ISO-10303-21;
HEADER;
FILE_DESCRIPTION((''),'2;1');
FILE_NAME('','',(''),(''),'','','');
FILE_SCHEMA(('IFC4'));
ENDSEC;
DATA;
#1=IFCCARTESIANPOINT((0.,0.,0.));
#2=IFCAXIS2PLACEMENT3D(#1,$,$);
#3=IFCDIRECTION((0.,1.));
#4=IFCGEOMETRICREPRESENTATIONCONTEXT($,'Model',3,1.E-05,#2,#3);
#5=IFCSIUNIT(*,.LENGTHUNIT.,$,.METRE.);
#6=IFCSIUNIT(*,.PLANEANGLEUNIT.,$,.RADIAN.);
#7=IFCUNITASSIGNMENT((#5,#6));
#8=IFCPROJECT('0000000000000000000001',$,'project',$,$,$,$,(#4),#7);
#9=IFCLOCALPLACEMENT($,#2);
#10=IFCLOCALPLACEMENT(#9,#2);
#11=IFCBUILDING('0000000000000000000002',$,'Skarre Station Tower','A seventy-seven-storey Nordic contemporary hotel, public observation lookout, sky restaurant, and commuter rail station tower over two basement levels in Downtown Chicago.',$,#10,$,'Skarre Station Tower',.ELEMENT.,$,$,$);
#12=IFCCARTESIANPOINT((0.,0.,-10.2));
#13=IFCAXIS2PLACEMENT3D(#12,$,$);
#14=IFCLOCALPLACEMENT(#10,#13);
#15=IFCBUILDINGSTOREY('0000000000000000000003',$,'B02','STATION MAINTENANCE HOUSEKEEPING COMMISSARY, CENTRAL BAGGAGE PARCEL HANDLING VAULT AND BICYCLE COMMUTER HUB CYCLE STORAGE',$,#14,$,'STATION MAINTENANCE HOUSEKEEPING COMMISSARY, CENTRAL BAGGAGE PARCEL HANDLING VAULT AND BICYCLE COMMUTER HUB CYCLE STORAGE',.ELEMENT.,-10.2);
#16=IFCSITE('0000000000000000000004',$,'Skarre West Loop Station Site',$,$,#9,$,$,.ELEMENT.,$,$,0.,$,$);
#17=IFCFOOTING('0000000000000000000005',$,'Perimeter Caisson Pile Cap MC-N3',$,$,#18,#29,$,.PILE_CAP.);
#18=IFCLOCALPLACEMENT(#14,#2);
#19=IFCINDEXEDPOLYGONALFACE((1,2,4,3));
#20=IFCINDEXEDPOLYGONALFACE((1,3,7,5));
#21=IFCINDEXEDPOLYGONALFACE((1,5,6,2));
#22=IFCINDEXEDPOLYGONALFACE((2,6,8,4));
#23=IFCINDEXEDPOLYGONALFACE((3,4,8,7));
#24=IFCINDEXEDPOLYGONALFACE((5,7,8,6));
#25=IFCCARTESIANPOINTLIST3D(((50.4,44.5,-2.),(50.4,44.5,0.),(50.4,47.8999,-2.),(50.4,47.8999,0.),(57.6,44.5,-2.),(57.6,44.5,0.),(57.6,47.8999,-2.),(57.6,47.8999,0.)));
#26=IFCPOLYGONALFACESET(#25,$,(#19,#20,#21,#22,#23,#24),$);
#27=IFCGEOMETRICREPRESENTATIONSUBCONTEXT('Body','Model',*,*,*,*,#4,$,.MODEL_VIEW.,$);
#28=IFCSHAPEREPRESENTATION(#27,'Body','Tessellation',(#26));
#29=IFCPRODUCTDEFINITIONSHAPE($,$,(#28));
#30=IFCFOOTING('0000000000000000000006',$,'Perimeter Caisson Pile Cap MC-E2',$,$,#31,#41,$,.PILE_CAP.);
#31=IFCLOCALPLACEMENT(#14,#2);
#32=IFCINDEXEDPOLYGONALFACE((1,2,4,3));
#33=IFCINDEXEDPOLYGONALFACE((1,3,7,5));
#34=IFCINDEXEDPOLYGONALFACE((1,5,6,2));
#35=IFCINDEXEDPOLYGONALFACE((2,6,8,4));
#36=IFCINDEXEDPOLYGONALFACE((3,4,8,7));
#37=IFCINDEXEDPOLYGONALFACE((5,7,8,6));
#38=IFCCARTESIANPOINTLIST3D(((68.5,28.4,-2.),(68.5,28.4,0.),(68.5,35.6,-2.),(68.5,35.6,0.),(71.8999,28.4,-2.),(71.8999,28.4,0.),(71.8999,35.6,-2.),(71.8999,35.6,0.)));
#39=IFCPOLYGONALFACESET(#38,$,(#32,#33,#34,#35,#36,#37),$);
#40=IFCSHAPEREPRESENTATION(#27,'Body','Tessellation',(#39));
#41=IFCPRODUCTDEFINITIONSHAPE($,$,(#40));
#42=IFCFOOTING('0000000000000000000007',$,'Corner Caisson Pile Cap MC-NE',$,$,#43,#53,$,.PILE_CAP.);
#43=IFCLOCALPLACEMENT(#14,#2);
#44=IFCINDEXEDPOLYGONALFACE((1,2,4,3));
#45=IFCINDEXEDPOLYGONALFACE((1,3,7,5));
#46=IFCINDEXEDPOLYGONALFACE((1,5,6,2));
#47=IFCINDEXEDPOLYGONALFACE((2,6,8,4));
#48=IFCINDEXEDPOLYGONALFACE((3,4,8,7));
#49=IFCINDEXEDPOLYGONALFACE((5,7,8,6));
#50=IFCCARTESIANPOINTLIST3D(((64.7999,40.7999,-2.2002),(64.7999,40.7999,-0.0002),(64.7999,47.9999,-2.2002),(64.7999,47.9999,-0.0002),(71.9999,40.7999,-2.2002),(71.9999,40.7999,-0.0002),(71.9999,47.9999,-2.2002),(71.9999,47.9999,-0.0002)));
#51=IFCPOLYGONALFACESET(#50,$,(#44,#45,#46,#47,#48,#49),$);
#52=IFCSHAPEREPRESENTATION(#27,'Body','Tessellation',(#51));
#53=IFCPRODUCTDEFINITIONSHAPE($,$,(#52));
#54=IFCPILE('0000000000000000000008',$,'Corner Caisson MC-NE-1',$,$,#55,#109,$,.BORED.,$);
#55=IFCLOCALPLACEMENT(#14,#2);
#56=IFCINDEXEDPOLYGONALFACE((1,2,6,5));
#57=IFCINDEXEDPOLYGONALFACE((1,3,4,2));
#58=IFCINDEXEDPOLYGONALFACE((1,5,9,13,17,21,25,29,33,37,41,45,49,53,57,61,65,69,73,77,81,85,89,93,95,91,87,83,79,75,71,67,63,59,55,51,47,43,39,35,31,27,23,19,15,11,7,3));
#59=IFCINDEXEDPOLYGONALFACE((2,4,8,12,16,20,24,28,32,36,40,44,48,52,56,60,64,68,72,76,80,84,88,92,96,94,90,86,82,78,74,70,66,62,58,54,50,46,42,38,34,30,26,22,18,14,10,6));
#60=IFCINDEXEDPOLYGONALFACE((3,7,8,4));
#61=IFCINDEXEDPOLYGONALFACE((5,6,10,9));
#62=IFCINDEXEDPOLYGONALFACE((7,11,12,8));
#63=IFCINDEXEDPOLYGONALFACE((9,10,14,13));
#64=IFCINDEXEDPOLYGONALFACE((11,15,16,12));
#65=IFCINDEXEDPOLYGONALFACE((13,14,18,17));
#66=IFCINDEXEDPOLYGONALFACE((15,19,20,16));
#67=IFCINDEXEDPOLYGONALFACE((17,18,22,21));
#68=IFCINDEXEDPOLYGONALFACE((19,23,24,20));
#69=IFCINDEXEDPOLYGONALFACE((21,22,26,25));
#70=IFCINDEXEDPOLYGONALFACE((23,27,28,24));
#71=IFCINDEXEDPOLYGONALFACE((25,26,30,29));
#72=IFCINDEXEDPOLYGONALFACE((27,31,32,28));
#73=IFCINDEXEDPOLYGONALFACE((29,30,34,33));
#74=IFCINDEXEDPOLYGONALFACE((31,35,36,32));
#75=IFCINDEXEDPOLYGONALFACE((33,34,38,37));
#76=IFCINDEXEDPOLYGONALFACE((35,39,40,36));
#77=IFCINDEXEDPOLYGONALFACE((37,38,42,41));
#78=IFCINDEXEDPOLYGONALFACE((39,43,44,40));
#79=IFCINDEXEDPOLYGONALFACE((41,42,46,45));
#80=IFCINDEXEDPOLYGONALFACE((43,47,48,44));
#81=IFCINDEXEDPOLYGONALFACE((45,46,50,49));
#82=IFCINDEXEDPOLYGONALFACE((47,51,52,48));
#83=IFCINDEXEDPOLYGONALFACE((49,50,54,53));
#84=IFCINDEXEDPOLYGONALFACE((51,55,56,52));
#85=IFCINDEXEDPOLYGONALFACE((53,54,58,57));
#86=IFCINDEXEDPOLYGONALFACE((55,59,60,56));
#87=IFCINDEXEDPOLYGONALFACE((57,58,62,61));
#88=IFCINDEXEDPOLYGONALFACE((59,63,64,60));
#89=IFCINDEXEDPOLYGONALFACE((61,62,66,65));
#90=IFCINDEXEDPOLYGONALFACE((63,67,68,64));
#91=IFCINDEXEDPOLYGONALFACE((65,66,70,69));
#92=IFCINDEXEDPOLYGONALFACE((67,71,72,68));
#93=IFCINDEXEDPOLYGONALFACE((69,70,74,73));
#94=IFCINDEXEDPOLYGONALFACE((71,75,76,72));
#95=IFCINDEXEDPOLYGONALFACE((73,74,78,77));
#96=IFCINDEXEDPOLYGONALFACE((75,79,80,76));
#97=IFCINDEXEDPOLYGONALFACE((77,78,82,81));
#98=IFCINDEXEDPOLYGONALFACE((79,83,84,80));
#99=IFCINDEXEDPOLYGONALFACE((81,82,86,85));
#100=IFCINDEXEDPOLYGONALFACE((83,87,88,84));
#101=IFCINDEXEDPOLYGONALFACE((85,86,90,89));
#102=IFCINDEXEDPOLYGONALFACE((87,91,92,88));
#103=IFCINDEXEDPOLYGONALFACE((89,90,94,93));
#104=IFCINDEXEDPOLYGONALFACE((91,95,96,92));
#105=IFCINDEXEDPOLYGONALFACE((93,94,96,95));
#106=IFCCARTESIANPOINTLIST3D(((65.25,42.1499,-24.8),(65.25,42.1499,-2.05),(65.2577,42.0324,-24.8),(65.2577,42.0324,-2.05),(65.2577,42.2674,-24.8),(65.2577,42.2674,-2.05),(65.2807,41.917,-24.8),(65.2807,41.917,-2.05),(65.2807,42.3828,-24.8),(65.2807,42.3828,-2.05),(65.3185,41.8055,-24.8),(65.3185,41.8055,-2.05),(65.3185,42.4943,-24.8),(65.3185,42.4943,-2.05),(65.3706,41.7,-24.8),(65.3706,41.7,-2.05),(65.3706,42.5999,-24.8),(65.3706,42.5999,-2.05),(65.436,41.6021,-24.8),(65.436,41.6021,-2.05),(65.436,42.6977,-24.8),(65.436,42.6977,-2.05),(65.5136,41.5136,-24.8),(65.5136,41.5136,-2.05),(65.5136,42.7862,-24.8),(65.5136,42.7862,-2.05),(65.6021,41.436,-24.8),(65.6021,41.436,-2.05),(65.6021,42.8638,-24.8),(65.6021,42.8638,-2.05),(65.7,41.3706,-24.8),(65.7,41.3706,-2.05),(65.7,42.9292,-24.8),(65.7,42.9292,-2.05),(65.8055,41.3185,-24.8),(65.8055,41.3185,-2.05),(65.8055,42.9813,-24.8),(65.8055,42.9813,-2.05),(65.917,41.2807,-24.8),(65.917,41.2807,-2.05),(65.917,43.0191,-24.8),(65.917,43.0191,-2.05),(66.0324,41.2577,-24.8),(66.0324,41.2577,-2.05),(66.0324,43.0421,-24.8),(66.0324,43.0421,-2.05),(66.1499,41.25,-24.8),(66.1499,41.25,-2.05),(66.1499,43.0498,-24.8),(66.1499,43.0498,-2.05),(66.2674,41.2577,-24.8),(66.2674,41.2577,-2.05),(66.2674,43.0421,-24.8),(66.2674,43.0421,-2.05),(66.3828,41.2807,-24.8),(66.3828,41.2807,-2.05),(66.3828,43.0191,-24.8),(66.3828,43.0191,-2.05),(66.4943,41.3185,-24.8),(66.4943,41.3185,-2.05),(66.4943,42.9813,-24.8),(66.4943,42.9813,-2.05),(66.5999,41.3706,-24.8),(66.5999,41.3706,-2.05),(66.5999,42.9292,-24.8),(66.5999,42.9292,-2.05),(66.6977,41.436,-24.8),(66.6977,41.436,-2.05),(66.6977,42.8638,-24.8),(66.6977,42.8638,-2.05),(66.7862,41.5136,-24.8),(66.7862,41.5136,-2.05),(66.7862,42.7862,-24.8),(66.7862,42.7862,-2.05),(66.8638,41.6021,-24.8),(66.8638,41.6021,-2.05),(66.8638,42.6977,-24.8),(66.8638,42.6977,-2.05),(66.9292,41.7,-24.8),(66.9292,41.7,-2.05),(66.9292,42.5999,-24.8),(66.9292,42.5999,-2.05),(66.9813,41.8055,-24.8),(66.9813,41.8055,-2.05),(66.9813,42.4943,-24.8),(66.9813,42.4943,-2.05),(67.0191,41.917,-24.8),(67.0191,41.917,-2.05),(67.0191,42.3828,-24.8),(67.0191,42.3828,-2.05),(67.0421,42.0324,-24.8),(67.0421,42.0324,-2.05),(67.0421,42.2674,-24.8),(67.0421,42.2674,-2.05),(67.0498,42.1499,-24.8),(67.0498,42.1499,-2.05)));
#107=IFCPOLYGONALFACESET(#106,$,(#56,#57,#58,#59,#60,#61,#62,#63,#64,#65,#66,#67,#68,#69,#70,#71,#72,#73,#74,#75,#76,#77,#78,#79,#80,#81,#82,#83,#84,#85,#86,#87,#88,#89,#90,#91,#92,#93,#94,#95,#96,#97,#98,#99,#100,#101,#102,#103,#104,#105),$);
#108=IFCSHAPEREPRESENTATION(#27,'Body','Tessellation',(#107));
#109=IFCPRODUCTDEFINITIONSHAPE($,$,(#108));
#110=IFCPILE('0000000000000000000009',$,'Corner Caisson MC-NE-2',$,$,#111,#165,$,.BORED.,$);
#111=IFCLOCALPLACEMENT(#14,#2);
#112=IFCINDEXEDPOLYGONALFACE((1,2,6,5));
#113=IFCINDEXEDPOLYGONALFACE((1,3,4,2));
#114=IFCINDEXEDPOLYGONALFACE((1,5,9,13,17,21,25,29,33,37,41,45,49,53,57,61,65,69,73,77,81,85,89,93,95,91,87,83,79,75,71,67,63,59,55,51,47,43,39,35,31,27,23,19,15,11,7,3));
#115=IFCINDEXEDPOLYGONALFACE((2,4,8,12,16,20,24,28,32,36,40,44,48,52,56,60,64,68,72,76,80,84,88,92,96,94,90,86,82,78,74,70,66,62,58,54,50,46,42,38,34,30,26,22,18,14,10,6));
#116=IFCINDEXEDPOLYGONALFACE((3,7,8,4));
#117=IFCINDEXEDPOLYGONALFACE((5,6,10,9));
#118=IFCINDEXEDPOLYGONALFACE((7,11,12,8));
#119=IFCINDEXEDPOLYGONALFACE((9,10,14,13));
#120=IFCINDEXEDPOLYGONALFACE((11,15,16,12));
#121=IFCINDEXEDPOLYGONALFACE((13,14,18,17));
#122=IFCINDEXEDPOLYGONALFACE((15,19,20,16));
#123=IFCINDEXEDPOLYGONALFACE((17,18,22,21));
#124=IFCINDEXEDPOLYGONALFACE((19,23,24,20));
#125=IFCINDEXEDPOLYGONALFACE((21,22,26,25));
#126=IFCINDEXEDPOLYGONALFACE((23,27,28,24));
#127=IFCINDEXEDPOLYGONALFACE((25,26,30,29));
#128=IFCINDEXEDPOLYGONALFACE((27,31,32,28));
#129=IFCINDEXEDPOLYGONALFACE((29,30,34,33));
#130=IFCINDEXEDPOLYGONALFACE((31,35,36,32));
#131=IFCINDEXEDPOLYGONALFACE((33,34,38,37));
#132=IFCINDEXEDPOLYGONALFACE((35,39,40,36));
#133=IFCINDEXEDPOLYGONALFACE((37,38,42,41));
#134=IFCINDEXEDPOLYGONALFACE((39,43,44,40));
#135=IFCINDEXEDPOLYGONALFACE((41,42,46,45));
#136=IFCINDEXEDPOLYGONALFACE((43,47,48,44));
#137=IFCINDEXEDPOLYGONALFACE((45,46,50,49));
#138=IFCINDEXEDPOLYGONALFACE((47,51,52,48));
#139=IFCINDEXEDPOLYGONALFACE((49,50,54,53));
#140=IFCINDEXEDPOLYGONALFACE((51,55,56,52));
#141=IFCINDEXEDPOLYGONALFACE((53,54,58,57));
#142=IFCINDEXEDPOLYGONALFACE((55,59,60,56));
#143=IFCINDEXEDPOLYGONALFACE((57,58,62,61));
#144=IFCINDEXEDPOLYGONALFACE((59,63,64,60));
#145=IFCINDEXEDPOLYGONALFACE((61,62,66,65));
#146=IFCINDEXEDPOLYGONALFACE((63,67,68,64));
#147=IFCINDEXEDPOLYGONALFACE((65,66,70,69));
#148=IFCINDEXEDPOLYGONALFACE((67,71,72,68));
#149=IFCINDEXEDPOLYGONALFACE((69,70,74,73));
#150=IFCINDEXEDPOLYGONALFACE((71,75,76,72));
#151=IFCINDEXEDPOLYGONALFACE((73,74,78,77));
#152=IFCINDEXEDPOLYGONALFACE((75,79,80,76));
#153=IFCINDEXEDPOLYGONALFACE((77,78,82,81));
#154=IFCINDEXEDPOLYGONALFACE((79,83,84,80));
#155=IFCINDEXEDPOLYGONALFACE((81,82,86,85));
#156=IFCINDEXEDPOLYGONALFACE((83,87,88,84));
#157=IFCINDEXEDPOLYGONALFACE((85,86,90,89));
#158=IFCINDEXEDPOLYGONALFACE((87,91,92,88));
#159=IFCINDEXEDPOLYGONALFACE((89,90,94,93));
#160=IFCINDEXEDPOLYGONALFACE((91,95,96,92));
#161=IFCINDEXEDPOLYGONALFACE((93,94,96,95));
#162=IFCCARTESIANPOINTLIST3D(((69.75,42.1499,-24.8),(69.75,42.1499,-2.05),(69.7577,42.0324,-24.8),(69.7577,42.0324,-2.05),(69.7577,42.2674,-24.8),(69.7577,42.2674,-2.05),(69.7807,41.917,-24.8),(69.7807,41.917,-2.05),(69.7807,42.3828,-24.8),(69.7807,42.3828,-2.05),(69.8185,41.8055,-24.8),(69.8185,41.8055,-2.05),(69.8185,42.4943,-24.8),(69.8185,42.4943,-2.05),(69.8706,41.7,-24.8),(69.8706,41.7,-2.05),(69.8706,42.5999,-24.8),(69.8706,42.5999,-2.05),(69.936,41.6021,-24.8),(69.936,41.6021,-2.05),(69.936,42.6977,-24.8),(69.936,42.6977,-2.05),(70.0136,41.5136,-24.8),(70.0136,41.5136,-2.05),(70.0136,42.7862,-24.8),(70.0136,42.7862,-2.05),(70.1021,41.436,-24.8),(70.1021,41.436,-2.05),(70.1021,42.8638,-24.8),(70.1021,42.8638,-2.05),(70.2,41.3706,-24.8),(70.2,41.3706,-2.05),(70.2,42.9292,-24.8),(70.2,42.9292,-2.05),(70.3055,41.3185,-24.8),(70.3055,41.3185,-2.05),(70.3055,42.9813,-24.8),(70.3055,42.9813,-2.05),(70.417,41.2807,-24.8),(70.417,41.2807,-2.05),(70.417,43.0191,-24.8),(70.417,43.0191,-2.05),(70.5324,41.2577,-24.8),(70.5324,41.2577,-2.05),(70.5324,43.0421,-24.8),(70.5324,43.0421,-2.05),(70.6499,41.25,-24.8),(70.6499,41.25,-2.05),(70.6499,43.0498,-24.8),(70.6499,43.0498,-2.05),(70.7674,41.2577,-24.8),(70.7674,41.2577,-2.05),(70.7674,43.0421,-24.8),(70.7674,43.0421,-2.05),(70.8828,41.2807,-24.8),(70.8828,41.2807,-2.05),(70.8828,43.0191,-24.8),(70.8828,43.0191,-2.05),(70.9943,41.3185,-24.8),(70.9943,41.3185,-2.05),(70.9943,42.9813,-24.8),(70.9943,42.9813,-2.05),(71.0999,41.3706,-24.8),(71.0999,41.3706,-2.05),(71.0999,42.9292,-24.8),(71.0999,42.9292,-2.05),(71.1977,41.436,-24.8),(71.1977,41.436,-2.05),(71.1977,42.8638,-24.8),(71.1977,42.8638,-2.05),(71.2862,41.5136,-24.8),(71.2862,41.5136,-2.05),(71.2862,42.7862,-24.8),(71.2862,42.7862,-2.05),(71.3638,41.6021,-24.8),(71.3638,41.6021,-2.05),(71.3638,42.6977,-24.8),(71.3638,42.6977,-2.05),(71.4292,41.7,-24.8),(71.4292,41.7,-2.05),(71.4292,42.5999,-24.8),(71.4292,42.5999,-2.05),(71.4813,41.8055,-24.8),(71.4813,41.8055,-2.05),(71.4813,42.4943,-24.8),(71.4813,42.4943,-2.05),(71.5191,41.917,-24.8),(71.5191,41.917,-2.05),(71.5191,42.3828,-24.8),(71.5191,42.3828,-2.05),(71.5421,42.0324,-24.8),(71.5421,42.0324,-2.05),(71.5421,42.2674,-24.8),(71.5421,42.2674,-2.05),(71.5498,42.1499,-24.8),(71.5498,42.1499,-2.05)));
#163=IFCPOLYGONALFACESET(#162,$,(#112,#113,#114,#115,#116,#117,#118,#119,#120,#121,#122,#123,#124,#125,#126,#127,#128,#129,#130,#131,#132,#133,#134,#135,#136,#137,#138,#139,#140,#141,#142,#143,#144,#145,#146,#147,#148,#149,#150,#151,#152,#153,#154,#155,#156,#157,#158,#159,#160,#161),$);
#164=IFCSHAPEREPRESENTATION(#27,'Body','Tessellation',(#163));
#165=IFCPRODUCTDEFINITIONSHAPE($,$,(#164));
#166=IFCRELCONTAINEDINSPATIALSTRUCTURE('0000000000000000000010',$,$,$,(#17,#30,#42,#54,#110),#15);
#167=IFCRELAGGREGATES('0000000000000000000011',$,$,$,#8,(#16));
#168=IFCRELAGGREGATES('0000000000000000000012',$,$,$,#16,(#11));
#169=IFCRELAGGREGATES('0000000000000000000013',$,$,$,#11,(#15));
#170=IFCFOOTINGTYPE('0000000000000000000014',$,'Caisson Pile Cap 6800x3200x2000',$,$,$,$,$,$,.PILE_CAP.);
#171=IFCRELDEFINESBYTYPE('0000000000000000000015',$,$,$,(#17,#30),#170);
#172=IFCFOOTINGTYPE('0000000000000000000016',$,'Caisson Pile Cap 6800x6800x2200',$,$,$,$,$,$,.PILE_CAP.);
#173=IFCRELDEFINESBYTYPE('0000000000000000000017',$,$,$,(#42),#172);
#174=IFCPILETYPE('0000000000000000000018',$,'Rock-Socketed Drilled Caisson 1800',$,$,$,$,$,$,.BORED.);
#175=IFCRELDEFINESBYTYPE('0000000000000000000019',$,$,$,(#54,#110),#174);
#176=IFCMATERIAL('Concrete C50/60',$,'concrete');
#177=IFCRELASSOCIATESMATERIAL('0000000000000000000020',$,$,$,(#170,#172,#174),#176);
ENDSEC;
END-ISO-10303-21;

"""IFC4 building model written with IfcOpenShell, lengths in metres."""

from ifc_helpers import new_model, si_unit, direction, frame, origin, origin_2d, place, context, subcontext, project, spatial, rectangle, circle, extrude, material, material_profile, profile_set, type_object, element, save


model = new_model("IFC4")

# Units and contexts
model_context = context("Model", 3, precision=1e-05, world=origin(), true_north=direction((0.0, 1.0)))
body_context = subcontext(model_context, "Body", "Model", "MODEL_VIEW")
ifc_project = project(units=[si_unit("LENGTHUNIT", "METRE"), si_unit("PLANEANGLEUNIT", "RADIAN")], contexts=[model_context])

# Site, building, storey
site_placement = place(None, origin())
site = spatial("IfcSite", under=ifc_project, at=site_placement, Name="Skarre West Loop Station Site", CompositionType="ELEMENT", RefElevation=0.0)
building_placement = place(site_placement, origin())
building = spatial("IfcBuilding", under=site, at=building_placement, Name="Skarre Station Tower", Description="A seventy-seven-storey Nordic contemporary hotel, public observation lookout, sky restaurant, and commuter rail station tower over two basement levels in Downtown Chicago.", LongName="Skarre Station Tower", CompositionType="ELEMENT")
storey_placement = place(building_placement, frame((0.0, 0.0, -10.2)))
storey = spatial("IfcBuildingStorey", under=building, at=storey_placement, Name="B02", Description="STATION MAINTENANCE HOUSEKEEPING COMMISSARY, CENTRAL BAGGAGE PARCEL HANDLING VAULT AND BICYCLE COMMUTER HUB CYCLE STORAGE", LongName="STATION MAINTENANCE HOUSEKEEPING COMMISSARY, CENTRAL BAGGAGE PARCEL HANDLING VAULT AND BICYCLE COMMUTER HUB CYCLE STORAGE", CompositionType="ELEMENT", Elevation=-10.2)

# Footings
ifc_material_1 = material(Name="Concrete C50/60", Category="concrete")
footing_type_1 = type_object("IfcFootingType", Name="Caisson Pile Cap 6800x3200x2000", PredefinedType="PILE_CAP", material=ifc_material_1)
for number, where, z_axis, x_axis, name in (
    (1, (54.0, 46.2, -2.0), (0.0, 0.0, 1.0), (1.0, 0.0, 0.0), "Perimeter Caisson Pile Cap MC-N3"),
    (2, (70.2, 32.0, -2.0), (0.0, 0.0, 1.0), (0.0, 1.0, 0.0), "Perimeter Caisson Pile Cap MC-E2"),
):
    element("IfcFooting", number, at=place(storey_placement, frame(where, z_axis=z_axis, x_axis=x_axis)), inside=storey, type_object=footing_type_1, Name=name, PredefinedType="PILE_CAP", context=body_context, shape_type="SweptSolid", body=[
        extrude(rectangle(XDim=7.2, YDim=3.3999, at=origin_2d()), origin(), (0.0, 0.0, 1.0), 2.0),
    ])
footing_type_2 = type_object("IfcFootingType", Name="Caisson Pile Cap 6800x6800x2200", PredefinedType="PILE_CAP", material=ifc_material_1)
footing_placement = place(storey_placement, frame((68.3999, 44.3999, -2.2002), z_axis=(0.0, 0.0, 1.0), x_axis=(1.0, 0.0, 0.0)))
element("IfcFooting", 3, at=footing_placement, inside=storey, type_object=footing_type_2, Name="Corner Caisson Pile Cap MC-NE", PredefinedType="PILE_CAP", context=body_context, shape_type="SweptSolid", body=[
    extrude(rectangle(XDim=7.2, YDim=7.2, at=origin_2d()), origin(), (0.0, 0.0, 1.0), 2.2),
])

# Piles
ifc_material_profile_1 = material_profile(ifc_material_1, circle(Radius=0.8999, at=origin_2d()), Name="Concrete C50/60")
ifc_profile_set_1 = profile_set([ifc_material_profile_1], Name="Concrete C50/60")
pile_type_1 = type_object("IfcPileType", Name="Rock-Socketed Drilled Caisson 1800", PredefinedType="BORED", material=ifc_profile_set_1)
for number, where, z_axis, x_axis, name in (
    (4, (66.1499, 42.1499, -2.05), (0.0, 0.0, -1.0), (1.0, 0.0, 0.0), "Corner Caisson MC-NE-1"),
    (5, (70.6499, 42.1499, -2.05), (0.0, 0.0, -1.0), (1.0, 0.0, 0.0), "Corner Caisson MC-NE-2"),
):
    element("IfcPile", number, at=place(storey_placement, frame(where, z_axis=z_axis, x_axis=x_axis)), inside=storey, type_object=pile_type_1, Name=name, PredefinedType="BORED", context=body_context, shape_type="SweptSolid", body=[
        extrude(circle(Radius=0.8999, at=origin_2d()), origin(), (0.0, 0.0, 1.0), 22.75),
    ])

save(model, "model.ifc")
